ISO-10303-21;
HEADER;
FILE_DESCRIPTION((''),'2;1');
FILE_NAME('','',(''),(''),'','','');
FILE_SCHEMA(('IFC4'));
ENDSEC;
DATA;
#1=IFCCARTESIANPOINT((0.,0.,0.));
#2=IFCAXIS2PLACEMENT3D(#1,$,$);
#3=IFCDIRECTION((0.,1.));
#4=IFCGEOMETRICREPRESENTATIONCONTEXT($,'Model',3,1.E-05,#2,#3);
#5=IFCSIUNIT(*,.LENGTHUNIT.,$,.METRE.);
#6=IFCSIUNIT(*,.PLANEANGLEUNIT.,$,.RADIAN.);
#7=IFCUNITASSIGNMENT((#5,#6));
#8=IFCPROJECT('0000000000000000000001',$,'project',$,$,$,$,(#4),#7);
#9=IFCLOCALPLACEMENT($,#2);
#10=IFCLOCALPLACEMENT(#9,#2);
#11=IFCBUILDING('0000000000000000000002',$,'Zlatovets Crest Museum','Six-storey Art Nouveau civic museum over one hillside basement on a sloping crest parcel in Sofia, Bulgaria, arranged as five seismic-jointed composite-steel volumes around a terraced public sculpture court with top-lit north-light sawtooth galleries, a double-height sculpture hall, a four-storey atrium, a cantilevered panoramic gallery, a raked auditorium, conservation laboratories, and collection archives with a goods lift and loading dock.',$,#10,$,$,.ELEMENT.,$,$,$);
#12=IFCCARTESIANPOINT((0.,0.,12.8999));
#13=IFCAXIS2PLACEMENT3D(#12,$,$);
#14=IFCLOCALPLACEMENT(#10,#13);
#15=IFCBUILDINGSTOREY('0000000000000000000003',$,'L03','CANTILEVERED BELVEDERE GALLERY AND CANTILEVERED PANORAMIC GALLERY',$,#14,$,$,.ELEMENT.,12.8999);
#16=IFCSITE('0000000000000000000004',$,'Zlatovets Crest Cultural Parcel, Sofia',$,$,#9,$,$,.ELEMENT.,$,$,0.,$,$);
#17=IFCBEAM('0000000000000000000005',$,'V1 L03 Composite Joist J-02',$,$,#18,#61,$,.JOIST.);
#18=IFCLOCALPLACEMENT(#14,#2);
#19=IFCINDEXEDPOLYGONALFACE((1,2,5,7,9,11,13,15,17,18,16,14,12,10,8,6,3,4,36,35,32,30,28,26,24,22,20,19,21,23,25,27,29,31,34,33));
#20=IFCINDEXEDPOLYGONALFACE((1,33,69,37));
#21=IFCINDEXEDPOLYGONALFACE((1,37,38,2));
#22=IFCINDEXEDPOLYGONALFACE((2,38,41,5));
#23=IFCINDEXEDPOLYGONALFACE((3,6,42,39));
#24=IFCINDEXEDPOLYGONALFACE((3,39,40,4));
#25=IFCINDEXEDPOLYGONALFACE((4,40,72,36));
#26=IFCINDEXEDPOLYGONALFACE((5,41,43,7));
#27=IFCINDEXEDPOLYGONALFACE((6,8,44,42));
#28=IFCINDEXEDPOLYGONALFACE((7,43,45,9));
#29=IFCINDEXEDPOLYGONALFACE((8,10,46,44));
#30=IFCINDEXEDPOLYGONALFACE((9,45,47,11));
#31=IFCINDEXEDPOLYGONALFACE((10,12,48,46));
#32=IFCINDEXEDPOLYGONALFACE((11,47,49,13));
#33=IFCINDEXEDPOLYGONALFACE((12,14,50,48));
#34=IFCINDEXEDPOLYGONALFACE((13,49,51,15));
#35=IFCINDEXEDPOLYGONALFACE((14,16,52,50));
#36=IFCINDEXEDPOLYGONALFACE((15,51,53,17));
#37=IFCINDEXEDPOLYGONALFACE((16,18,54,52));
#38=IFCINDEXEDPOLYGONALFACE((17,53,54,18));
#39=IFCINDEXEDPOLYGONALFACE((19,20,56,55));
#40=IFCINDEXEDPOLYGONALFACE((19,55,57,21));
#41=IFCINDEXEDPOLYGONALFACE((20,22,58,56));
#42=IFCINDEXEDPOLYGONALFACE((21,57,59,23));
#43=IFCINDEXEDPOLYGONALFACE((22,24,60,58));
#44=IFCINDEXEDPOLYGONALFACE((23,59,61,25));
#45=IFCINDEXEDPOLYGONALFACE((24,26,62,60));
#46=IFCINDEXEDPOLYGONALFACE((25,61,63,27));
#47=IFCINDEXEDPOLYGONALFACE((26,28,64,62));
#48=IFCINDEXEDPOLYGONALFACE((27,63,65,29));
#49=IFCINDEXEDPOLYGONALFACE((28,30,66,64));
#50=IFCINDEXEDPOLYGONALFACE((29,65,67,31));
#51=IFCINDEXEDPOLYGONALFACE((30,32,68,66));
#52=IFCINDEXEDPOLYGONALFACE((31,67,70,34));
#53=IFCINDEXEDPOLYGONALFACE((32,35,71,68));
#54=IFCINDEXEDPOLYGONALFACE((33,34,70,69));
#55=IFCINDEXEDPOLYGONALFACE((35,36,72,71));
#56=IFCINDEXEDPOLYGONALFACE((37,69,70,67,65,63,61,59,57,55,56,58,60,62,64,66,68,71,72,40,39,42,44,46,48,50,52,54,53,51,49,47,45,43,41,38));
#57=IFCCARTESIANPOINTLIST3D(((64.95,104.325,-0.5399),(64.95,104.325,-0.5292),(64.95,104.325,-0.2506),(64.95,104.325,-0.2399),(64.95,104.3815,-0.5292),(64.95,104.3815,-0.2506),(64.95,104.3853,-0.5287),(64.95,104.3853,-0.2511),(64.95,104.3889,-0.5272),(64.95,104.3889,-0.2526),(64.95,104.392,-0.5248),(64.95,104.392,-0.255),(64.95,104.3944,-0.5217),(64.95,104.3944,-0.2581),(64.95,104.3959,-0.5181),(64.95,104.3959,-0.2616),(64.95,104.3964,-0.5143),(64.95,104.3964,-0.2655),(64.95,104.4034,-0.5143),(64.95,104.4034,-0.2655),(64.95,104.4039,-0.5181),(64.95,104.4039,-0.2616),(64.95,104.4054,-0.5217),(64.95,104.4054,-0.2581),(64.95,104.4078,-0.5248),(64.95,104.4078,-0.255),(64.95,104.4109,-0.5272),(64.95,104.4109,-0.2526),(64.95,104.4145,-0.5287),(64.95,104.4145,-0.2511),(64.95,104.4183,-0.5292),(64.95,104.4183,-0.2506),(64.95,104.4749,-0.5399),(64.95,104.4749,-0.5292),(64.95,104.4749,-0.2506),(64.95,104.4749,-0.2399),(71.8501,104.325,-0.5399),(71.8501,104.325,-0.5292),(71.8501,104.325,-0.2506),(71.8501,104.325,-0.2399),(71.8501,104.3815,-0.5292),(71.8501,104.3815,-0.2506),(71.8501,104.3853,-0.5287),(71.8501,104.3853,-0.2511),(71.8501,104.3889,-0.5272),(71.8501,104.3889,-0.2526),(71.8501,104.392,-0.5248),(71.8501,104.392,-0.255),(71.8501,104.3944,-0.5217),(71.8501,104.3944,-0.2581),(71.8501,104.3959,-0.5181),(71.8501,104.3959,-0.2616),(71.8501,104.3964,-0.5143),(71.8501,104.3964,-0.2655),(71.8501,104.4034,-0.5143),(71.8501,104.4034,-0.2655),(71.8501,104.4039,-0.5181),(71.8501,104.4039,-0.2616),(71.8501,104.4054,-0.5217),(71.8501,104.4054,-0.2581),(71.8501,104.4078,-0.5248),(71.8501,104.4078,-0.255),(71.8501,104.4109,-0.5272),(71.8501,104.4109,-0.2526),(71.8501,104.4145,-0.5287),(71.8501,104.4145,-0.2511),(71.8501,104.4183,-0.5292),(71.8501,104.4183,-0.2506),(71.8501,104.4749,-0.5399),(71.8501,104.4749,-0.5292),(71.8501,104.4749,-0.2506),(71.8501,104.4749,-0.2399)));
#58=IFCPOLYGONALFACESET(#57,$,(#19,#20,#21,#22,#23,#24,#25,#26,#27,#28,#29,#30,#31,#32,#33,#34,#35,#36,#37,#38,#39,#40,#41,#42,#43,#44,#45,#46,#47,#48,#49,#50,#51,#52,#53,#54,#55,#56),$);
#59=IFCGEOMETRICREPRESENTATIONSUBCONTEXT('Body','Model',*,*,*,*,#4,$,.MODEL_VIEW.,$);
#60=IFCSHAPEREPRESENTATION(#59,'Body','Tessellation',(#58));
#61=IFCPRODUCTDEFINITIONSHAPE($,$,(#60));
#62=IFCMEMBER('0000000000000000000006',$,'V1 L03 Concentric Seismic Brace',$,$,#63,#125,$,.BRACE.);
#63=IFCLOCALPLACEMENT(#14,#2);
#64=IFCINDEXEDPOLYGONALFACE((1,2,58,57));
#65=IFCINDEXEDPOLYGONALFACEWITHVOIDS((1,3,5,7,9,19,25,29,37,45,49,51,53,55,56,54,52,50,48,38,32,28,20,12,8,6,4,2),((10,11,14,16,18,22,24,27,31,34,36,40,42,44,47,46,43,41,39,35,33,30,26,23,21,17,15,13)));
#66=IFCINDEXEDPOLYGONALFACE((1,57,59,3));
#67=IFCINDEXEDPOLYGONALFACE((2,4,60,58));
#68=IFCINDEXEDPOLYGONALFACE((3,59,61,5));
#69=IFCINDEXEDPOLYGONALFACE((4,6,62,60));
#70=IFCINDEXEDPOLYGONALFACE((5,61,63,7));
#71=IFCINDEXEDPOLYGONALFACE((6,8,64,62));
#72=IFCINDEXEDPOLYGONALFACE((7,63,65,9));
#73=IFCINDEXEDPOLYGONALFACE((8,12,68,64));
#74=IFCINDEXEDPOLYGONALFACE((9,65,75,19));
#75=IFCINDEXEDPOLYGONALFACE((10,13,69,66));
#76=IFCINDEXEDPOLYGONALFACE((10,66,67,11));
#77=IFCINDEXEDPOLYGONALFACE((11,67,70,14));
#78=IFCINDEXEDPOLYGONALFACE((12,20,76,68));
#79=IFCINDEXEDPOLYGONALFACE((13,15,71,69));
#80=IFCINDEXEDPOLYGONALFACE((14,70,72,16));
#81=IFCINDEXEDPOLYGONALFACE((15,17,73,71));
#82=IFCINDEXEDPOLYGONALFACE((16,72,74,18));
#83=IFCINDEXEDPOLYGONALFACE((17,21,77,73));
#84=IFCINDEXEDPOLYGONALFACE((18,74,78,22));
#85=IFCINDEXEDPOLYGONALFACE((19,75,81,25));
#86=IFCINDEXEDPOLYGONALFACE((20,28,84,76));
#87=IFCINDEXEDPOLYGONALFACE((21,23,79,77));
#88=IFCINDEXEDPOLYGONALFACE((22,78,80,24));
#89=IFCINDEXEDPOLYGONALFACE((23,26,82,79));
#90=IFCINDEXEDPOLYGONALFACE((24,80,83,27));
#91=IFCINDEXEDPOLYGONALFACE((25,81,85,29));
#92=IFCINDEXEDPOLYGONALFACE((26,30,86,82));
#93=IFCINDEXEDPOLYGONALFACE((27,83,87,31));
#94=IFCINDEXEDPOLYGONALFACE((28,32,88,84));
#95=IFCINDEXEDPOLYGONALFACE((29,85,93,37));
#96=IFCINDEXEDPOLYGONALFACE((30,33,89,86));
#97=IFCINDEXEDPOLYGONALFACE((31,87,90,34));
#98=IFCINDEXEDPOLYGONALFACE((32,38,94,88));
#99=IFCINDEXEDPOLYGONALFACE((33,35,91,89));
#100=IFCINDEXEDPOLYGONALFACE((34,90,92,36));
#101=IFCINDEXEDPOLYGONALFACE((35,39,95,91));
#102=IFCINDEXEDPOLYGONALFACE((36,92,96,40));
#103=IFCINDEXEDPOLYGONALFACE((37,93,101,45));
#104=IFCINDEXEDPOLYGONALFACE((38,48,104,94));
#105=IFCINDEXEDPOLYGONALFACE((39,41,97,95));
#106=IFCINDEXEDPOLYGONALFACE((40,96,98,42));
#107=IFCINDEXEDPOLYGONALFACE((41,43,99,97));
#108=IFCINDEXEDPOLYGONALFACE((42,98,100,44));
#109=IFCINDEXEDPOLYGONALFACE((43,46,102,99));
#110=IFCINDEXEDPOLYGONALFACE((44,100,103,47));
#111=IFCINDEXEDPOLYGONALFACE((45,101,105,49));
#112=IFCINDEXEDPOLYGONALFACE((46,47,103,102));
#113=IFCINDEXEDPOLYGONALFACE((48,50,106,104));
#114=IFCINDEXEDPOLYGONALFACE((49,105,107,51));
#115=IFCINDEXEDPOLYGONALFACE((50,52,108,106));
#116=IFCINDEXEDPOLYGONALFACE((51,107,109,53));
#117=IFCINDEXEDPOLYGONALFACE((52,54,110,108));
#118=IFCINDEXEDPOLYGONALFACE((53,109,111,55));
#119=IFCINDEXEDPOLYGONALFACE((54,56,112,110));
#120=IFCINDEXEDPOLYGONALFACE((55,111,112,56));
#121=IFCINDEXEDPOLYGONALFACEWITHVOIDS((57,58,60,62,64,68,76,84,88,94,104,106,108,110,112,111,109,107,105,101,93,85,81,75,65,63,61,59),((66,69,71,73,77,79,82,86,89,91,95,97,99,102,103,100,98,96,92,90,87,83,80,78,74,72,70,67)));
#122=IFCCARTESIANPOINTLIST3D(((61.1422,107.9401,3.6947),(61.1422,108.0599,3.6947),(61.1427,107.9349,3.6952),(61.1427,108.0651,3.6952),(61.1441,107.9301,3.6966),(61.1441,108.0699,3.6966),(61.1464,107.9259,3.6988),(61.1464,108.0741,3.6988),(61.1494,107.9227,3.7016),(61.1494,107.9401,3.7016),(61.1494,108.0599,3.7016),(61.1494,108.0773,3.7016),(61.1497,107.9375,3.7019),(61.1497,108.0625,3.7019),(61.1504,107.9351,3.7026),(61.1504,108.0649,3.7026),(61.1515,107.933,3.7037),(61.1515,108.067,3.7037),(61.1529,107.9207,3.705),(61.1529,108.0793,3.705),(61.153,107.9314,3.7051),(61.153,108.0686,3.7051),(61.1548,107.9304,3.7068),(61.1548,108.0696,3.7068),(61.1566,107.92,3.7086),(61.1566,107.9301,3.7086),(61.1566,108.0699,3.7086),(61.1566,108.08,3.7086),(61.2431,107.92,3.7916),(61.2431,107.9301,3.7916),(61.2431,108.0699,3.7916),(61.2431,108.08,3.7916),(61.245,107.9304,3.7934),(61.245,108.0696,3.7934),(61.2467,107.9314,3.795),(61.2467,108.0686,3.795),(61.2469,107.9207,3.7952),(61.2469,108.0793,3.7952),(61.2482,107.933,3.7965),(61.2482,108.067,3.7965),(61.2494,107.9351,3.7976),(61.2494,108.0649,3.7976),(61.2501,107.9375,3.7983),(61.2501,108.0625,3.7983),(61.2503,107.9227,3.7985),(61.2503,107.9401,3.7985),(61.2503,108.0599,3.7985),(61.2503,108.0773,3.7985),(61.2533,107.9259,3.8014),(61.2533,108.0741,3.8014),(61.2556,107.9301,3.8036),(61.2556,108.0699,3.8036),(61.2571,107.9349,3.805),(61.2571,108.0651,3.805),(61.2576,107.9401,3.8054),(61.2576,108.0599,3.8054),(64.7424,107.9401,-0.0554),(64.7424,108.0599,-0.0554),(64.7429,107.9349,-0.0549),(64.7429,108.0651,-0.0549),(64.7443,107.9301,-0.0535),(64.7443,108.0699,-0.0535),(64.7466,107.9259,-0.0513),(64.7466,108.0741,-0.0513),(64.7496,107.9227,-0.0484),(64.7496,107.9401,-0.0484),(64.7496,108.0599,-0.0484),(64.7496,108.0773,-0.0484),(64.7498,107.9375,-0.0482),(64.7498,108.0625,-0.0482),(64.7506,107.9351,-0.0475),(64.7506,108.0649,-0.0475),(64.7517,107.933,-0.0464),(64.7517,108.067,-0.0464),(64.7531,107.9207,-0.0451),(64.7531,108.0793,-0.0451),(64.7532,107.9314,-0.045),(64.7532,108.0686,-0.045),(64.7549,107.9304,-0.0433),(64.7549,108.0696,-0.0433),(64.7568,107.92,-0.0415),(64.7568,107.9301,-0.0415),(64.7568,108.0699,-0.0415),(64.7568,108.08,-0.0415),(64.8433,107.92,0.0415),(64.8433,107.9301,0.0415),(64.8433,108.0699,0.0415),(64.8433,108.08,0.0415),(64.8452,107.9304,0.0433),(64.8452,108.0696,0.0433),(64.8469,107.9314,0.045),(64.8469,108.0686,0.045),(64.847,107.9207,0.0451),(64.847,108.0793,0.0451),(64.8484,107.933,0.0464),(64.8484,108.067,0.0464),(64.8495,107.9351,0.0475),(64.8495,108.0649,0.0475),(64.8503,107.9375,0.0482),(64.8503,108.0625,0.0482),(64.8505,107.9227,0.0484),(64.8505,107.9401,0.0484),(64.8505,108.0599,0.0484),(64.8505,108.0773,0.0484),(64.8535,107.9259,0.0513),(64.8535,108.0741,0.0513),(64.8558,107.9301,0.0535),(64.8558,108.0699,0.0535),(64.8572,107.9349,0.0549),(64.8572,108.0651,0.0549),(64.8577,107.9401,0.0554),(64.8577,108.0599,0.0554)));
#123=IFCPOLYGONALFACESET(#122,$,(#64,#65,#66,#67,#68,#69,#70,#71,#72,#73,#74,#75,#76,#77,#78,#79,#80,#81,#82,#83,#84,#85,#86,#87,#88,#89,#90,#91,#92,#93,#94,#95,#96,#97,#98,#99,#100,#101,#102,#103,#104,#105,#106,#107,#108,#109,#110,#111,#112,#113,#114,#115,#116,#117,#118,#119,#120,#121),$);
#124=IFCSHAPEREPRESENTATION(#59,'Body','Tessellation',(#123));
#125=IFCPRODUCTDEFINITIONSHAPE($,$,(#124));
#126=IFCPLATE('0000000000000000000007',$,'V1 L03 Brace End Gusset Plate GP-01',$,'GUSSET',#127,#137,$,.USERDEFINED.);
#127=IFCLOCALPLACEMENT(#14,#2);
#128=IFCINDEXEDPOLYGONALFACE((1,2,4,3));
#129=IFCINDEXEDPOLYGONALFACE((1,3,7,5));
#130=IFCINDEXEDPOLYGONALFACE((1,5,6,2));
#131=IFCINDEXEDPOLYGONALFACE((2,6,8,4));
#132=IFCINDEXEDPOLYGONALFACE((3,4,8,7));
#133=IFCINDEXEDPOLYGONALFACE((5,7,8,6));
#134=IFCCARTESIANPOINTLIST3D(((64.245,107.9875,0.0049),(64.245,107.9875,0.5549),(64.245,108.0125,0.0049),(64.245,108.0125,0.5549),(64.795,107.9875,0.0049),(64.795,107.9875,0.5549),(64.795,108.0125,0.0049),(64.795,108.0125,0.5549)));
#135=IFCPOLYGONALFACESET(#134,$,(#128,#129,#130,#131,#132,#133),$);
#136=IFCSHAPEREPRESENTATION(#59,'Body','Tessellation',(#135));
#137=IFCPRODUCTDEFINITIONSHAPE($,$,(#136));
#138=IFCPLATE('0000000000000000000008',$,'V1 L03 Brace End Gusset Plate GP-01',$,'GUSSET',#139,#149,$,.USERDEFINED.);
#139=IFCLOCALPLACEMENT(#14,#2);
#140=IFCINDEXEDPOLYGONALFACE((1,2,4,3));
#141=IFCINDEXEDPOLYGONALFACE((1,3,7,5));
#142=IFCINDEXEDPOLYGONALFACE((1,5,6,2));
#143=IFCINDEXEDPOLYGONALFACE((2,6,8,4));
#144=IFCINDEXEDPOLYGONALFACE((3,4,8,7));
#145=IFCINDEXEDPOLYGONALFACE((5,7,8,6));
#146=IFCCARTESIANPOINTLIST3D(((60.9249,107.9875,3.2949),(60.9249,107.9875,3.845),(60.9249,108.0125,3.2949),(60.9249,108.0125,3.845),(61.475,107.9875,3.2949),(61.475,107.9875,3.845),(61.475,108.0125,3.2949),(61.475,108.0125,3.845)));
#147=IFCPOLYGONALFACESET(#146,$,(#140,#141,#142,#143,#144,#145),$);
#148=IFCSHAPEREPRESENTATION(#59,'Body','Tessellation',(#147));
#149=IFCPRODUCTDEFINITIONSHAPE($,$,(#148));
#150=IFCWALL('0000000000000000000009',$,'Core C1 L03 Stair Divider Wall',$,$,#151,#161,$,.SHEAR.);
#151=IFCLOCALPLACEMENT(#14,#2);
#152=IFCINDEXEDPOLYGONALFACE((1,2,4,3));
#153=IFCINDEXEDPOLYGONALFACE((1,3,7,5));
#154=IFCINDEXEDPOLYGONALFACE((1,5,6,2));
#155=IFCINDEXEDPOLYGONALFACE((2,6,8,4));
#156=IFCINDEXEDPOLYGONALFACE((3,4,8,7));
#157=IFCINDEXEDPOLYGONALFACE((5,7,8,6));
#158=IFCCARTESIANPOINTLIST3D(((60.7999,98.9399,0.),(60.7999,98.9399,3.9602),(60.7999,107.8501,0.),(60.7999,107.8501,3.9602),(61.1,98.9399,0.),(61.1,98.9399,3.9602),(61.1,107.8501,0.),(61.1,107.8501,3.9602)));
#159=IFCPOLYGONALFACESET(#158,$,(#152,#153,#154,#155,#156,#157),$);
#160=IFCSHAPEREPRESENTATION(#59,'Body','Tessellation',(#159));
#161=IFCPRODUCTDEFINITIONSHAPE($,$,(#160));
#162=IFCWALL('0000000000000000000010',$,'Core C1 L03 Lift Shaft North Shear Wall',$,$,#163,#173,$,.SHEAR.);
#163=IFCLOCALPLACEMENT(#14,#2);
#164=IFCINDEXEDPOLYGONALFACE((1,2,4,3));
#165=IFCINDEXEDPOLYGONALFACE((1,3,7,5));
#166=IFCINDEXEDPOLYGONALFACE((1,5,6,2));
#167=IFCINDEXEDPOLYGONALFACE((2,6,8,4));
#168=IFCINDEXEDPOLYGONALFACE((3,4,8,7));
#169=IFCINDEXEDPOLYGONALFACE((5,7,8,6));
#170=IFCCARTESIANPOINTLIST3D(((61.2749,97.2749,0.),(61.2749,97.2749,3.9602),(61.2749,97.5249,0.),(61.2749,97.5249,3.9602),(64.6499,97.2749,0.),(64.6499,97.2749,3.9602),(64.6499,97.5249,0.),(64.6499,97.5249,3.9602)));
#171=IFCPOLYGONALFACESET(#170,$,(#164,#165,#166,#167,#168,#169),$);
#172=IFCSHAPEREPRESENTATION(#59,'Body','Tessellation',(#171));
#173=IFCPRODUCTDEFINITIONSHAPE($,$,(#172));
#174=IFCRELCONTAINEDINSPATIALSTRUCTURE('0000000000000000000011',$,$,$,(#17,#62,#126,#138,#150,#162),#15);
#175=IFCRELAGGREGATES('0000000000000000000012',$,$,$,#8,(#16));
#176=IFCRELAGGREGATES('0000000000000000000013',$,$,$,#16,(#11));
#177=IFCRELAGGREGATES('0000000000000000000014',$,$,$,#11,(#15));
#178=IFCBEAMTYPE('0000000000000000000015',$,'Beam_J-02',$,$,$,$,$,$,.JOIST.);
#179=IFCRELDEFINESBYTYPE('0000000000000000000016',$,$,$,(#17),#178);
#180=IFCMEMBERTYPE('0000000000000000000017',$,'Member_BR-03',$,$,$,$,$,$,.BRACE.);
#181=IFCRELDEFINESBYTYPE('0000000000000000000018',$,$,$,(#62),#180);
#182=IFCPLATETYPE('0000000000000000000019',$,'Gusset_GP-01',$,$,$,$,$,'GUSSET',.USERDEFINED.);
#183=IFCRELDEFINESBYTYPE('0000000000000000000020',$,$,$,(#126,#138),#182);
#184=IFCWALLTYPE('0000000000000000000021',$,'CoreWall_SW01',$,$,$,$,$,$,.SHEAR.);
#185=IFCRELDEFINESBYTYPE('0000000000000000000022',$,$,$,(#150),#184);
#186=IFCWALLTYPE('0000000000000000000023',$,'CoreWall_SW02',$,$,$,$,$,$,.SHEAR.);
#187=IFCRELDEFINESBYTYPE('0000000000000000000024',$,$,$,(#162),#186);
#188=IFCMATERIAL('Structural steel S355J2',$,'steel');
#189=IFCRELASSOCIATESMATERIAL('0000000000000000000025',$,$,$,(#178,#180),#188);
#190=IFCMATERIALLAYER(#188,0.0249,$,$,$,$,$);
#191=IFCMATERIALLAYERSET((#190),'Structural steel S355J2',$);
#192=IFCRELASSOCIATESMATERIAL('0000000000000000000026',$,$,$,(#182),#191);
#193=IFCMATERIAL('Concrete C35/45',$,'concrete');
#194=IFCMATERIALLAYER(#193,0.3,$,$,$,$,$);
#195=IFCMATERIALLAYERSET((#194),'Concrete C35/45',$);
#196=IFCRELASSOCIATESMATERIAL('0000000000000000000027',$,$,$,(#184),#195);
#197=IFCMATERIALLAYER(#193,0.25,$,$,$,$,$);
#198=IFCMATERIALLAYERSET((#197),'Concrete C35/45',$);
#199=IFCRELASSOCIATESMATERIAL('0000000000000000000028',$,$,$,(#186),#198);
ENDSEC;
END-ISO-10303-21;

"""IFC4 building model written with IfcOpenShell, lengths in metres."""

from ifc_helpers import new_model, si_unit, direction, frame, frame_2d, origin, origin_2d, place, context, subcontext, project, spatial, rectangle, hollow_rectangle, i_section, extrude, material, layer, layer_set, material_profile, profile_set, type_object, element, save


model = new_model("IFC4")

# Units and contexts
model_context = context("Model", 3, precision=1e-05, world=origin(), true_north=direction((0.0, 1.0)))
body_context = subcontext(model_context, "Body", "Model", "MODEL_VIEW")
ifc_project = project(units=[si_unit("LENGTHUNIT", "METRE"), si_unit("PLANEANGLEUNIT", "RADIAN")], contexts=[model_context])

# Site, building, storey
site_placement = place(None, origin())
site = spatial("IfcSite", under=ifc_project, at=site_placement, Name="Zlatovets Crest Cultural Parcel, Sofia", CompositionType="ELEMENT", RefElevation=0.0)
building_placement = place(site_placement, origin())
building = spatial("IfcBuilding", under=site, at=building_placement, Name="Zlatovets Crest Museum", Description="Six-storey Art Nouveau civic museum over one hillside basement on a sloping crest parcel in Sofia, Bulgaria, arranged as five seismic-jointed composite-steel volumes around a terraced public sculpture court with top-lit north-light sawtooth galleries, a double-height sculpture hall, a four-storey atrium, a cantilevered panoramic gallery, a raked auditorium, conservation laboratories, and collection archives with a goods lift and loading dock.", CompositionType="ELEMENT")
storey_placement = place(building_placement, frame((0.0, 0.0, 12.8999)))
storey = spatial("IfcBuildingStorey", under=building, at=storey_placement, Name="L03", Description="CANTILEVERED BELVEDERE GALLERY AND CANTILEVERED PANORAMIC GALLERY", CompositionType="ELEMENT", Elevation=12.8999)

# Shared definitions
ifc_material_1 = material(Name="Structural steel S355J2", Category="steel")

# Beam
ifc_material_profile_1 = material_profile(ifc_material_1, i_section(OverallWidth=0.1499, OverallDepth=0.3, WebThickness=0.0071, FlangeThickness=0.0107, FilletRadius=0.0149, at=origin_2d()), Name="IPE 300")
ifc_profile_set_1 = profile_set([ifc_material_profile_1], Name="Structural steel S355J2")
beam_type_1 = type_object("IfcBeamType", Name="Beam_J-02", PredefinedType="JOIST", material=ifc_profile_set_1)
for number, where, z_axis, x_axis, name in (
    (1, (64.95, 104.3999, -0.3899), (1.0, 0.0, 0.0), (0.0, 1.0, 0.0), "V1 L03 Composite Joist J-02"),
):
    element("IfcBeam", number, at=place(storey_placement, frame(where, z_axis=z_axis, x_axis=x_axis)), inside=storey, type_object=beam_type_1, Name=name, PredefinedType="JOIST", context=body_context, shape_type="SweptSolid", body=[
        extrude(i_section(OverallWidth=0.1499, OverallDepth=0.3, WebThickness=0.0071, FlangeThickness=0.0107, FilletRadius=0.0149, at=origin_2d()), origin(), (0.0, 0.0, 1.0), 6.9001),
    ])

# Member
ifc_material_profile_2 = material_profile(ifc_material_1, hollow_rectangle(XDim=0.1599, YDim=0.1599, WallThickness=0.01, InnerFilletRadius=0.01, OuterFilletRadius=0.02, at=origin_2d()), Name="SHS 160x160x10.0")
ifc_profile_set_2 = profile_set([ifc_material_profile_2], Name="Structural steel S355J2")
member_type = type_object("IfcMemberType", Name="Member_BR-03", PredefinedType="BRACE", material=ifc_profile_set_2)
member_placement = place(storey_placement, frame((64.8, 108.0, 0.0), z_axis=(-0.692542, 0.0, 0.721378), x_axis=(0.0, -1.0, 0.0)))
element("IfcMember", 2, at=member_placement, inside=storey, type_object=member_type, Name="V1 L03 Concentric Seismic Brace", PredefinedType="BRACE", context=body_context, shape_type="SweptSolid", body=[
    extrude(hollow_rectangle(XDim=0.1599, YDim=0.1599, WallThickness=0.01, InnerFilletRadius=0.01, OuterFilletRadius=0.02, at=origin_2d()), origin(), (0.0, 0.0, 1.0), 5.1985),
])

# Plates
ifc_layer_1 = layer(ifc_material_1, 0.0249)
ifc_layer_set_1 = layer_set([ifc_layer_1], Name="Structural steel S355J2")
plate_type = type_object("IfcPlateType", Name="Gusset_GP-01", ElementType="GUSSET", PredefinedType="USERDEFINED", material=ifc_layer_set_1)
for number, where, z_axis, x_axis, name in (
    (3, (64.52, 108.0, 0.0049), (0.0, 0.0, 1.0), (1.0, 0.0, 0.0), "V1 L03 Brace End Gusset Plate GP-01"),
    (4, (61.2, 108.0, 3.2949), (0.0, 0.0, 1.0), (1.0, 0.0, 0.0), "V1 L03 Brace End Gusset Plate GP-01"),
):
    element("IfcPlate", number, at=place(storey_placement, frame(where, z_axis=z_axis, x_axis=x_axis)), inside=storey, type_object=plate_type, Name=name, ObjectType="GUSSET", PredefinedType="USERDEFINED", context=body_context, shape_type="SweptSolid", body=[
        extrude(rectangle(XDim=0.55, YDim=0.0249, at=origin_2d()), origin(), (0.0, 0.0, 1.0), 0.55),
    ])

# Walls
ifc_material_2 = material(Name="Concrete C35/45", Category="concrete")
ifc_layer_2 = layer(ifc_material_2, 0.3)
ifc_layer_set_2 = layer_set([ifc_layer_2], Name="Concrete C35/45")
wall_type_1 = type_object("IfcWallType", Name="CoreWall_SW01", PredefinedType="SHEAR", material=ifc_layer_set_2)
wall_1_placement = place(storey_placement, frame((60.95, 98.9399, 0.0), z_axis=(0.0, 0.0, 1.0), x_axis=(0.0, 1.0, 0.0)))
element("IfcWall", 5, at=wall_1_placement, inside=storey, type_object=wall_type_1, Name="Core C1 L03 Stair Divider Wall", PredefinedType="SHEAR", context=body_context, shape_type="SweptSolid", body=[
    extrude(rectangle(XDim=8.9102, YDim=0.3, at=frame_2d((4.4551, 0.0))), origin(), (0.0, 0.0, 1.0), 3.9602),
])
ifc_layer_3 = layer(ifc_material_2, 0.25)
ifc_layer_set_3 = layer_set([ifc_layer_3], Name="Concrete C35/45")
wall_type_2 = type_object("IfcWallType", Name="CoreWall_SW02", PredefinedType="SHEAR", material=ifc_layer_set_3)
wall_2_placement = place(storey_placement, frame((61.2749, 97.3999, 0.0), z_axis=(0.0, 0.0, 1.0), x_axis=(1.0, 0.0, 0.0)))
element("IfcWall", 6, at=wall_2_placement, inside=storey, type_object=wall_type_2, Name="Core C1 L03 Lift Shaft North Shear Wall", PredefinedType="SHEAR", context=body_context, shape_type="SweptSolid", body=[
    extrude(rectangle(XDim=3.375, YDim=0.25, at=frame_2d((1.6875, 0.0))), origin(), (0.0, 0.0, 1.0), 3.9602),
])

save(model, "model.ifc")
